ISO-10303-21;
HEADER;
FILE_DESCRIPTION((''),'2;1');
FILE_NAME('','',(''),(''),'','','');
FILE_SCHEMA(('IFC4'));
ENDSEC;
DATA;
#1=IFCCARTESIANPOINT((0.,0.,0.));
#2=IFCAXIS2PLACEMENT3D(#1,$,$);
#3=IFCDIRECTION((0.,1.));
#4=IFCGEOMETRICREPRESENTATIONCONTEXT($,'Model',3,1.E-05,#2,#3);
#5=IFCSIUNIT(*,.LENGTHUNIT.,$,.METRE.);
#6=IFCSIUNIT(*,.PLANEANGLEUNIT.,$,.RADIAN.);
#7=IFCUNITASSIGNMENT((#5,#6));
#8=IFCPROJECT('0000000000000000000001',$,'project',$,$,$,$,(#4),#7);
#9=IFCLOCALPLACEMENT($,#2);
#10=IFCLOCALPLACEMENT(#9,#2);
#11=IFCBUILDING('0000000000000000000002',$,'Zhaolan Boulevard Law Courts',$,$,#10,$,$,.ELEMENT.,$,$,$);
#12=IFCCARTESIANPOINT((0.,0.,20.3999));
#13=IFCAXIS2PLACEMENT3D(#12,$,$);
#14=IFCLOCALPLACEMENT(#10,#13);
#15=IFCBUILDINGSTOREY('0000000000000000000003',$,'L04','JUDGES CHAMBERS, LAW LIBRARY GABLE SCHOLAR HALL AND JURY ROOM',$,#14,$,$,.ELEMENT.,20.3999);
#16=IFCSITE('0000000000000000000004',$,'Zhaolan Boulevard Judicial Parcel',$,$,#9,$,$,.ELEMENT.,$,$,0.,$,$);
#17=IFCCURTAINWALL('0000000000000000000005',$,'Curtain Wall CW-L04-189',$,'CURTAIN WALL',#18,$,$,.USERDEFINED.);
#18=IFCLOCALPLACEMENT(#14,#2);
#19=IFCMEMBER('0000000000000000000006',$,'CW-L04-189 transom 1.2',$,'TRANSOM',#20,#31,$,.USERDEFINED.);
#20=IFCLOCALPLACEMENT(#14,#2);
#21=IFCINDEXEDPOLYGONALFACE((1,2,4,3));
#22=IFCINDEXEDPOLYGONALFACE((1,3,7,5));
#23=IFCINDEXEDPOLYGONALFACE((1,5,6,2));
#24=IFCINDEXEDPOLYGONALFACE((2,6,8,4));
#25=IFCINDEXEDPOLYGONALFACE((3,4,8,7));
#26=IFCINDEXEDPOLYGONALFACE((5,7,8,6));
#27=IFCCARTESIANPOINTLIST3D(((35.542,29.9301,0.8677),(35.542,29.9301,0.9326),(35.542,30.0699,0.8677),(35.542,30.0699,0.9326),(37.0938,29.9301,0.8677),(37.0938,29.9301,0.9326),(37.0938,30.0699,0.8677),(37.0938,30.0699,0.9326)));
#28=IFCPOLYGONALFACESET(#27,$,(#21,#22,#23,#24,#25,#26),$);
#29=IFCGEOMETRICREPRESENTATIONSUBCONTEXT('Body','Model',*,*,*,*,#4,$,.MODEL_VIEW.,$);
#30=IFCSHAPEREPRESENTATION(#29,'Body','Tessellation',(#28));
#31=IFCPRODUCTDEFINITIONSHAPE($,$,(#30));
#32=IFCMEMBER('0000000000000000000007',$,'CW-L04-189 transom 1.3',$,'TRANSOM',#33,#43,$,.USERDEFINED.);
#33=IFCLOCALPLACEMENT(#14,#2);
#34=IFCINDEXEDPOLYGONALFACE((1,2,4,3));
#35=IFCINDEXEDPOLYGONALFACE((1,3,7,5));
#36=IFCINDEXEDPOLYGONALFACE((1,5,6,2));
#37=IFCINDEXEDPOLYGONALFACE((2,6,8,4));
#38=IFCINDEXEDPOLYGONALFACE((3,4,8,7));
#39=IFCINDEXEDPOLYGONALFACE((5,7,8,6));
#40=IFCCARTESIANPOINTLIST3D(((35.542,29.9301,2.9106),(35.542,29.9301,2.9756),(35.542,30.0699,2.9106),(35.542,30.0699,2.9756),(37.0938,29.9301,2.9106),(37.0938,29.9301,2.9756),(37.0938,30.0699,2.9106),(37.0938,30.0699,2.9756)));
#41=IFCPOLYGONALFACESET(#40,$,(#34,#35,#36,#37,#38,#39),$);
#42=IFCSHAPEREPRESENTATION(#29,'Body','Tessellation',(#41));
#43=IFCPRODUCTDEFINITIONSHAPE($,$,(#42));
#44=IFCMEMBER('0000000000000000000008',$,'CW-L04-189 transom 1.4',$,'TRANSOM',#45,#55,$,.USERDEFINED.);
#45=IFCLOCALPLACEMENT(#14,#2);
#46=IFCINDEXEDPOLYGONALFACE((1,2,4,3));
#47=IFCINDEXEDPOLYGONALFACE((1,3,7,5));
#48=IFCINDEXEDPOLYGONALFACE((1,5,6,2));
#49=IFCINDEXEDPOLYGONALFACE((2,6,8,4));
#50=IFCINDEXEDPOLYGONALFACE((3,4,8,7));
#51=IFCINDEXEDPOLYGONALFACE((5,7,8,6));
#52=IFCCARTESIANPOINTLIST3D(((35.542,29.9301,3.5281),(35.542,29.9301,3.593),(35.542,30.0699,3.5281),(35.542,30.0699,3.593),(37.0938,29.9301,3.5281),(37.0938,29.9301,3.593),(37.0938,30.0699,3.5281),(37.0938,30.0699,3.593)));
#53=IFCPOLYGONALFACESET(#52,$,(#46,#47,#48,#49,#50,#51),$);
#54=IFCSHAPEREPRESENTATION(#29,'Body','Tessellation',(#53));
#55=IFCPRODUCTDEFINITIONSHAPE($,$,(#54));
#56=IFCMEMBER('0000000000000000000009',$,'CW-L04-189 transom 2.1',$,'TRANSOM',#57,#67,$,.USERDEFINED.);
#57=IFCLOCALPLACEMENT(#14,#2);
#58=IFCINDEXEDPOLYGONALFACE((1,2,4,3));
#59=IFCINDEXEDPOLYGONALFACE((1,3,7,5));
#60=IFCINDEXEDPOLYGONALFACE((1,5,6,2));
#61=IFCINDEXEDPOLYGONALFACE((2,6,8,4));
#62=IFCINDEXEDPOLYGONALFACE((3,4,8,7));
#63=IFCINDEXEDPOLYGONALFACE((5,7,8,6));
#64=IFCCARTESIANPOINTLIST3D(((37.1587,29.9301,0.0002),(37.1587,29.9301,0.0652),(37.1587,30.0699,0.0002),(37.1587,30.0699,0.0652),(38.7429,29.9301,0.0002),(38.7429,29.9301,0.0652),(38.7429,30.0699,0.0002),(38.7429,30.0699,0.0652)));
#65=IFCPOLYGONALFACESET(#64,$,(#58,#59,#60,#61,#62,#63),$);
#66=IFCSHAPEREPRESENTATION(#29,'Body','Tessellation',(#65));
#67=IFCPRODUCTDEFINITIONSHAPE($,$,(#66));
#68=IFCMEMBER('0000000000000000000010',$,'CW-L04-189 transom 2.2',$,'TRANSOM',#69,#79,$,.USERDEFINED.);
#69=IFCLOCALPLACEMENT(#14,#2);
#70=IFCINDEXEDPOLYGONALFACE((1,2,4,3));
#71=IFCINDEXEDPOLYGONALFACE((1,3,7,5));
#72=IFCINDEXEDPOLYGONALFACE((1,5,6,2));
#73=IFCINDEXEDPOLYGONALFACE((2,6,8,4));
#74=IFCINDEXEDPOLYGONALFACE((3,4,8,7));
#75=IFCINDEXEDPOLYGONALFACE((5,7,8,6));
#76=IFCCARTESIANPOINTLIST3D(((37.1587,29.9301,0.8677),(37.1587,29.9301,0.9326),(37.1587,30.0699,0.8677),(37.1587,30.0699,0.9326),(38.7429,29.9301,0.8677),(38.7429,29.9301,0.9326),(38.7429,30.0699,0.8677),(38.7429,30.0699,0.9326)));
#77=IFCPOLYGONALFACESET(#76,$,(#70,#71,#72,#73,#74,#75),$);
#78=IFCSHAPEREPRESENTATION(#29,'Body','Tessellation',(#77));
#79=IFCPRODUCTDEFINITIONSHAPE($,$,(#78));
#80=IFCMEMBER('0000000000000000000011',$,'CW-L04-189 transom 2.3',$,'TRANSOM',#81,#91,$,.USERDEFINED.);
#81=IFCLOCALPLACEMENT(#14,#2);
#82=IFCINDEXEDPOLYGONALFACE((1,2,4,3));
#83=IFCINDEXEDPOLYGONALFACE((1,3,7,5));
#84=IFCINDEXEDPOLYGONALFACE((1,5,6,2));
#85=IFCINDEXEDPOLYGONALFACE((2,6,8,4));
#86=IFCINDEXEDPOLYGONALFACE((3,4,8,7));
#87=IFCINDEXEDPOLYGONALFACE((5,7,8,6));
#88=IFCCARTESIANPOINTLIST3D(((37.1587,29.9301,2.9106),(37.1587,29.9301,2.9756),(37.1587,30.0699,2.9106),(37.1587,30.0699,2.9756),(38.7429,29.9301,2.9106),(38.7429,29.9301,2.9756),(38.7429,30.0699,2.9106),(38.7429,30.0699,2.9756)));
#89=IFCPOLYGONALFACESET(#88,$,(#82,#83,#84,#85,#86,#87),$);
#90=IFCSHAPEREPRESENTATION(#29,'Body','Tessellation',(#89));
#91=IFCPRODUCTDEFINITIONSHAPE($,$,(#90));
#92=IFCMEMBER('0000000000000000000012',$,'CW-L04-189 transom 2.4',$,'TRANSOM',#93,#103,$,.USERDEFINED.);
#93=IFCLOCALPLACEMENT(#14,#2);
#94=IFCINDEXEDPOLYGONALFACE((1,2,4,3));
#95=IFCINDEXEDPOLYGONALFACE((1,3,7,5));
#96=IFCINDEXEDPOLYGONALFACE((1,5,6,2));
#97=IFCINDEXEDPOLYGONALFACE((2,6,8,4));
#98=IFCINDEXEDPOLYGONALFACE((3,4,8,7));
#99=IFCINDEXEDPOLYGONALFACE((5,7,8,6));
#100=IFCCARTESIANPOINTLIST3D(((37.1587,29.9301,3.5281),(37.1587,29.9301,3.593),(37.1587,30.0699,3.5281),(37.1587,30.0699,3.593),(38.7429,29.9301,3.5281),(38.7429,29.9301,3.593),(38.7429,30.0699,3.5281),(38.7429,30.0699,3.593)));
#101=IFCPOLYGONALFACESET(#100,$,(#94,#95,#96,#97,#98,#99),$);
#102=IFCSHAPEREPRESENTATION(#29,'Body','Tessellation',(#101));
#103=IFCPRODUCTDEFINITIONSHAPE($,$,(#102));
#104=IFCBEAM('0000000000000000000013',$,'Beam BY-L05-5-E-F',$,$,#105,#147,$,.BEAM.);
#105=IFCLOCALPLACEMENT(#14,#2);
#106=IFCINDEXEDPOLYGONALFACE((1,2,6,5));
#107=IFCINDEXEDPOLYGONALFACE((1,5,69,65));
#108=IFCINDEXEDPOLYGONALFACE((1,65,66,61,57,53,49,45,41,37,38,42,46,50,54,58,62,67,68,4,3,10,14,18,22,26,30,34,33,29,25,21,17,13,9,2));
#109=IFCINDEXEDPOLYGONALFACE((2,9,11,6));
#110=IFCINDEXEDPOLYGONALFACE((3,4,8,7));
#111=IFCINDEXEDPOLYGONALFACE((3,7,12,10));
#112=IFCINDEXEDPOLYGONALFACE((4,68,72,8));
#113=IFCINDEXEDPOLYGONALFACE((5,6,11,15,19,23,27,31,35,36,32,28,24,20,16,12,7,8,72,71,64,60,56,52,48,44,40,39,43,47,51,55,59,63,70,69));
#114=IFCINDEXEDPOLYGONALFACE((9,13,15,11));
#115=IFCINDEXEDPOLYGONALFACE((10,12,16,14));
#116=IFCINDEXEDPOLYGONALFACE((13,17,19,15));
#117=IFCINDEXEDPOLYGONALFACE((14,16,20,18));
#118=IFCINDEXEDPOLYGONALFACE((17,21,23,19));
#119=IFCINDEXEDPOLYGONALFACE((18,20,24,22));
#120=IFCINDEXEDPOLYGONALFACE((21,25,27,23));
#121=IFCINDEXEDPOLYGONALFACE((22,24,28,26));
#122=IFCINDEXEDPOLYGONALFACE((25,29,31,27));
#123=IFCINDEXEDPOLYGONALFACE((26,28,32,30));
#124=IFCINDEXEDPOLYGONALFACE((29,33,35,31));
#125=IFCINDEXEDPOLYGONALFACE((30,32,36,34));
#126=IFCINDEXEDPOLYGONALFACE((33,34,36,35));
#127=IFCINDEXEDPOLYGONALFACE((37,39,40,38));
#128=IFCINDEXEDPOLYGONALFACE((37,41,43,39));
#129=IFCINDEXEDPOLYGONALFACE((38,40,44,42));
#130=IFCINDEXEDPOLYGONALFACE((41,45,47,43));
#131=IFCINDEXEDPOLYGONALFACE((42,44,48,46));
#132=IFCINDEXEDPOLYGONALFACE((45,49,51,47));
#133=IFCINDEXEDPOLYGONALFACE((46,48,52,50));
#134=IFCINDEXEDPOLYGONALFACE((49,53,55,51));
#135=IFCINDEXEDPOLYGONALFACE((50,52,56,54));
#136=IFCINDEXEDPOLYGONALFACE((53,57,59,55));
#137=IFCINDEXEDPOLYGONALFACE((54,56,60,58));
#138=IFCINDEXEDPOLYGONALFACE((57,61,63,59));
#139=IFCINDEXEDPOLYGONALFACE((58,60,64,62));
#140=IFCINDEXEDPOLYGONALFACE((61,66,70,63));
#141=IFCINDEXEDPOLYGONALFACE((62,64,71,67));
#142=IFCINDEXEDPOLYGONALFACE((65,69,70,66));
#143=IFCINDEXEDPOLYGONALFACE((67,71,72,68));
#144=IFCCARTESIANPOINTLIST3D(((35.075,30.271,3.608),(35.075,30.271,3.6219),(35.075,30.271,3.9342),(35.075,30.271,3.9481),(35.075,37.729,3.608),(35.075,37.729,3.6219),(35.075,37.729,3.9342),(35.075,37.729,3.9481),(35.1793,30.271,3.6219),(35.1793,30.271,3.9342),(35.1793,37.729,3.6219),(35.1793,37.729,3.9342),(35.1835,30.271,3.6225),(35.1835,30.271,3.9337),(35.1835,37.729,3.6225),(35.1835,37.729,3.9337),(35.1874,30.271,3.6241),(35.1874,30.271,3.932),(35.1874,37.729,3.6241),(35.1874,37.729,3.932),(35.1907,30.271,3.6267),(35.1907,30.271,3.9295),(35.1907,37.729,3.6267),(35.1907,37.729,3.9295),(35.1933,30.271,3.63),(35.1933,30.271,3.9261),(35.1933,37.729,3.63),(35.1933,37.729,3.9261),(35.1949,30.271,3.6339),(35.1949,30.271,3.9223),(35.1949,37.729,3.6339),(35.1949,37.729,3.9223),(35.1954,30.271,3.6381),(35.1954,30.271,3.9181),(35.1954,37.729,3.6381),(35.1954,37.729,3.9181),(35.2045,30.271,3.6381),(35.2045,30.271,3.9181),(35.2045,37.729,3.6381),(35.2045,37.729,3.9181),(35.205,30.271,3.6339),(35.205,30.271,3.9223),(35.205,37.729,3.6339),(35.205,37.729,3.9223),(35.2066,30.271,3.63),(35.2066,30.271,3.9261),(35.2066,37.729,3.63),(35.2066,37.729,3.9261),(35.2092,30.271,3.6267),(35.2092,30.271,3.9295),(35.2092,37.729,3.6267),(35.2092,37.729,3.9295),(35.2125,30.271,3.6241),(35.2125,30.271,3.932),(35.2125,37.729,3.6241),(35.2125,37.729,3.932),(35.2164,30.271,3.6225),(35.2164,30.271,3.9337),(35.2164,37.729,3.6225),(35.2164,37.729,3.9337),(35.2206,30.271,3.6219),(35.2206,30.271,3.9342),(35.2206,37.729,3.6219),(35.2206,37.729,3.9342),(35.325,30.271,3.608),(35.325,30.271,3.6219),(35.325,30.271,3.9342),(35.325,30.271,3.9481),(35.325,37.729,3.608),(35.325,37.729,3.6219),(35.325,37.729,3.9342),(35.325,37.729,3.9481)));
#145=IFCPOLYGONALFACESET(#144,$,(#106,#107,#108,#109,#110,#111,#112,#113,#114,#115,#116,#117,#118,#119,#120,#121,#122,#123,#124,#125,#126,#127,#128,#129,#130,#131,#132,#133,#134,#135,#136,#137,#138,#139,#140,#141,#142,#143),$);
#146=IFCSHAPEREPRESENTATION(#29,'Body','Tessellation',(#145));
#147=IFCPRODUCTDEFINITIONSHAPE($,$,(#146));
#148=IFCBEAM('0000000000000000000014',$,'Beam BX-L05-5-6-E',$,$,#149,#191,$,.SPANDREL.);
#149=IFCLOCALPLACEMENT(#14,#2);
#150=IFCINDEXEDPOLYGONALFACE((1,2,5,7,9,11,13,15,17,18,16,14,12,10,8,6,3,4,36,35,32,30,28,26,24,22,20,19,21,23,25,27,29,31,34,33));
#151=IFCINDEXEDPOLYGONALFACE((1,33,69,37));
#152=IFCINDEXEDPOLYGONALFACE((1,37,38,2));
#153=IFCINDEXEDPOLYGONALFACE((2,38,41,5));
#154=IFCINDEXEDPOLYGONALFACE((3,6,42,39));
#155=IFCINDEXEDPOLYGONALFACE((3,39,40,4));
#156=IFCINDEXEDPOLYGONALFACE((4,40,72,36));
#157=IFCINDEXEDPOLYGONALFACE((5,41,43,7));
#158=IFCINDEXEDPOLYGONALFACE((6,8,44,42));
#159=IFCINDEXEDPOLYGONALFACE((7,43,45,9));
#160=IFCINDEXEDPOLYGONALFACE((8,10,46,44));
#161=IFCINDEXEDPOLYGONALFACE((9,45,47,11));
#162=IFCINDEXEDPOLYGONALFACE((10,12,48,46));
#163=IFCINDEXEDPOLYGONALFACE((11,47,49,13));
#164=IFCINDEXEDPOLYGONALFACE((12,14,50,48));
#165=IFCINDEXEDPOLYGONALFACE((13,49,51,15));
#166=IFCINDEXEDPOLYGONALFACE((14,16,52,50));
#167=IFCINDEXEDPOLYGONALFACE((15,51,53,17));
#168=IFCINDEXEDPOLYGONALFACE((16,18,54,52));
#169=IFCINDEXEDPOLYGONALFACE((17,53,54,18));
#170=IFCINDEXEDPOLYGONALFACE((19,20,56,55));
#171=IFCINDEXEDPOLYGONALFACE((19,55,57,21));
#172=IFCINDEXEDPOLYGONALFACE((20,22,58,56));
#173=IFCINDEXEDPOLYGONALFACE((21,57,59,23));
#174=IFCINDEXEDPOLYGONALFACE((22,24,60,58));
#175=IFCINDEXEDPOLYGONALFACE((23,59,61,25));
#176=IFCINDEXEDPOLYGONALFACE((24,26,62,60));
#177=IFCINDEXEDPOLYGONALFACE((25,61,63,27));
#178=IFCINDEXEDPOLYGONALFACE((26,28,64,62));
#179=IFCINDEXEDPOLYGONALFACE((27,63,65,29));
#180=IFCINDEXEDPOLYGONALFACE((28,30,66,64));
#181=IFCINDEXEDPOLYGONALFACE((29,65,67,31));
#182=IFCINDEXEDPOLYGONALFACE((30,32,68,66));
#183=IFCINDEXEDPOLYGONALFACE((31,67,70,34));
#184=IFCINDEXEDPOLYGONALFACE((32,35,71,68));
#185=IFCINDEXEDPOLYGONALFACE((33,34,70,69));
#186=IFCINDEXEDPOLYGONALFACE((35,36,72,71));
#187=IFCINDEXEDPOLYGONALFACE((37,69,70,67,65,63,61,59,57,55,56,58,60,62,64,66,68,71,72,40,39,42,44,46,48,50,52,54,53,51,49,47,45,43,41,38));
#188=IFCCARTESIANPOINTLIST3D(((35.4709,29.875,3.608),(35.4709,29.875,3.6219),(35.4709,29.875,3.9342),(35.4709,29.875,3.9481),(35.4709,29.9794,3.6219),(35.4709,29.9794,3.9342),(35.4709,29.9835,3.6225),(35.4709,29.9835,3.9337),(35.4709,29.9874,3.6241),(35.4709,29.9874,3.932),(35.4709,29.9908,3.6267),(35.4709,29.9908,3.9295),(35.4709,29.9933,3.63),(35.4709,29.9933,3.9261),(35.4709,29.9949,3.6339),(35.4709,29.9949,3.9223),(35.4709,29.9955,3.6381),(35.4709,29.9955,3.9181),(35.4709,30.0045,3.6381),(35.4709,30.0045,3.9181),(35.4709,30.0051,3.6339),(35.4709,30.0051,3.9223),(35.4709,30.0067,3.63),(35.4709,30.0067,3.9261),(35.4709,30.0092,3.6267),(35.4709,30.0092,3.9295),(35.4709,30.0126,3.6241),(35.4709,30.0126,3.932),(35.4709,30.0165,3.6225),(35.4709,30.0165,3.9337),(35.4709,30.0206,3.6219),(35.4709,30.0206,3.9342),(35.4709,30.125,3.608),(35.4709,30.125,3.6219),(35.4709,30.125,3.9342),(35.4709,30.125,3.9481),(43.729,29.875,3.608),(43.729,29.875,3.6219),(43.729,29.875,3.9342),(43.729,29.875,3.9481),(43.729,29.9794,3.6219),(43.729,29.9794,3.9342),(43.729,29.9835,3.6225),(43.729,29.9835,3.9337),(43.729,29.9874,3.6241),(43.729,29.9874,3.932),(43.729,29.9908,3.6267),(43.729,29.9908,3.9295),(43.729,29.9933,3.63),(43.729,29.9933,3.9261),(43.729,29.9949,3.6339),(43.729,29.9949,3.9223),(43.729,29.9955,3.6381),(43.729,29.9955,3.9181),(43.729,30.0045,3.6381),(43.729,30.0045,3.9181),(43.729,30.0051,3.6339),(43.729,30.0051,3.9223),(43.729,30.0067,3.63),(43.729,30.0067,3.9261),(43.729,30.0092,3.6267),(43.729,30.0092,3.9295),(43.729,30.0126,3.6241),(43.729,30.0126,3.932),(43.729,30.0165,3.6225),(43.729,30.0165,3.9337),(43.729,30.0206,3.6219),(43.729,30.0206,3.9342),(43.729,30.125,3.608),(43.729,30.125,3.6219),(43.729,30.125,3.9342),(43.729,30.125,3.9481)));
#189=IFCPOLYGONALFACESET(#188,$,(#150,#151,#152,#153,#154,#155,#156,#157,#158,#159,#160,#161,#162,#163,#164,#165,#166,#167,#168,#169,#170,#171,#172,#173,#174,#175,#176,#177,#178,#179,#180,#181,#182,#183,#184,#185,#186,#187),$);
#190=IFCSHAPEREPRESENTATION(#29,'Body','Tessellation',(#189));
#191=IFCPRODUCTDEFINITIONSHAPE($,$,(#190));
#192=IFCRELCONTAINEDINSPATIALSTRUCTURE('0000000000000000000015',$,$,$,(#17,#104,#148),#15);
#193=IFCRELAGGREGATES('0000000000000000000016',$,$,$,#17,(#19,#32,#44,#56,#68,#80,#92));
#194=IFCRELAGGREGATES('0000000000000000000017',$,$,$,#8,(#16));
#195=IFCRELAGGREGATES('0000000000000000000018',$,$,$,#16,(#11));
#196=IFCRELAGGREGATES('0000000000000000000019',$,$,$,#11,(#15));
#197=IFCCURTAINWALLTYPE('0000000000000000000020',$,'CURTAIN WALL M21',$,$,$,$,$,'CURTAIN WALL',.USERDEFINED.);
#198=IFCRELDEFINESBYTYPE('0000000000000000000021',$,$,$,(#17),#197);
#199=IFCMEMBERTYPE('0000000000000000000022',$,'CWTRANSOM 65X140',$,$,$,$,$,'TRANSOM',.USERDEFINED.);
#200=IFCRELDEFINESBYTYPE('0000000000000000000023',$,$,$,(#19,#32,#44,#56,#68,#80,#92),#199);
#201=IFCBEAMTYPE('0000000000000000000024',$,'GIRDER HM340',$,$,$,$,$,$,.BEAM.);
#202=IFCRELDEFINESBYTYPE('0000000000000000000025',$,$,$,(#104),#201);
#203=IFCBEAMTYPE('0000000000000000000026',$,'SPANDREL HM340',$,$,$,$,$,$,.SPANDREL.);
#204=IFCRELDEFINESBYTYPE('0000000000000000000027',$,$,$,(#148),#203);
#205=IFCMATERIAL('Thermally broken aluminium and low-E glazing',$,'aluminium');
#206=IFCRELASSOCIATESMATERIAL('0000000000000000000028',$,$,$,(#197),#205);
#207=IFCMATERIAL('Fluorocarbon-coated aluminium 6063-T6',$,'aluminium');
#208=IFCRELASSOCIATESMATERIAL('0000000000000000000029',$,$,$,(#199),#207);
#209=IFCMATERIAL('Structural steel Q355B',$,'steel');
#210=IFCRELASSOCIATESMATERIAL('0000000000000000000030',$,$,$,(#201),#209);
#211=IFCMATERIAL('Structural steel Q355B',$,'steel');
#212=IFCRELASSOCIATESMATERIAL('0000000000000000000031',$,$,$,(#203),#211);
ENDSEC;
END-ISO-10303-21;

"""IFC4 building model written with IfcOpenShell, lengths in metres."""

from ifc_helpers import new_model, si_unit, direction, frame, origin, origin_2d, place, context, subcontext, project, spatial, rectangle, i_section, extrude, material, material_profile, profile_set, type_object, element, aggregate, save


model = new_model("IFC4")

# Units and contexts
model_context = context("Model", 3, precision=1e-05, world=origin(), true_north=direction((0.0, 1.0)))
body_context = subcontext(model_context, "Body", "Model", "MODEL_VIEW")
ifc_project = project(units=[si_unit("LENGTHUNIT", "METRE"), si_unit("PLANEANGLEUNIT", "RADIAN")], contexts=[model_context])

# Site, building, storey
site_placement = place(None, origin())
site = spatial("IfcSite", under=ifc_project, at=site_placement, Name="Zhaolan Boulevard Judicial Parcel", CompositionType="ELEMENT", RefElevation=0.0)
building_placement = place(site_placement, origin())
building = spatial("IfcBuilding", under=site, at=building_placement, Name="Zhaolan Boulevard Law Courts", CompositionType="ELEMENT")
storey_placement = place(building_placement, frame((0.0, 0.0, 20.3999)))
storey = spatial("IfcBuildingStorey", under=building, at=storey_placement, Name="L04", Description="JUDGES CHAMBERS, LAW LIBRARY GABLE SCHOLAR HALL AND JURY ROOM", CompositionType="ELEMENT", Elevation=20.3999)

# Curtain wall
ifc_material_1 = material(Name="Thermally broken aluminium and low-E glazing", Category="aluminium")
curtain_wall_type_1 = type_object("IfcCurtainWallType", Name="CURTAIN WALL M21", ElementType="CURTAIN WALL", PredefinedType="USERDEFINED", material=ifc_material_1)
curtain_wall_1_placement = place(storey_placement, origin())
curtain_wall_1 = element("IfcCurtainWall", 1, at=curtain_wall_1_placement, inside=storey, type_object=curtain_wall_type_1, Name="Curtain Wall CW-L04-189", ObjectType="CURTAIN WALL", PredefinedType="USERDEFINED")

# Members
ifc_material_2 = material(Name="Fluorocarbon-coated aluminium 6063-T6", Category="aluminium")
ifc_material_profile_1 = material_profile(ifc_material_2, rectangle(XDim=0.1399, YDim=0.0649, at=origin_2d()), Name="AL65x140")
ifc_profile_set_1 = profile_set([ifc_material_profile_1], Name="Fluorocarbon-coated aluminium 6063-T6")
member_type_1 = type_object("IfcMemberType", Name="CWTRANSOM 65X140", ElementType="TRANSOM", PredefinedType="USERDEFINED", material=ifc_profile_set_1)
member_1_placement = place(storey_placement, frame((35.542, 30.0, 0.9001), z_axis=(1.0, 0.0, 0.0), x_axis=(0.0, 1.0, 0.0)))
member_1 = element("IfcMember", 2, at=member_1_placement, type_object=member_type_1, Name="CW-L04-189 transom 1.2", ObjectType="TRANSOM", PredefinedType="USERDEFINED", context=body_context, shape_type="SweptSolid", body=[
    extrude(rectangle(XDim=0.1399, YDim=0.0649, at=origin_2d()), origin(), (0.0, 0.0, 1.0), 1.5518),
])
member_2_placement = place(storey_placement, frame((35.542, 30.0, 2.9431), z_axis=(1.0, 0.0, 0.0), x_axis=(0.0, 1.0, 0.0)))
member_2 = element("IfcMember", 3, at=member_2_placement, type_object=member_type_1, Name="CW-L04-189 transom 1.3", ObjectType="TRANSOM", PredefinedType="USERDEFINED", context=body_context, shape_type="SweptSolid", body=[
    extrude(rectangle(XDim=0.1399, YDim=0.0649, at=origin_2d()), origin(), (0.0, 0.0, 1.0), 1.5518),
])
member_3_placement = place(storey_placement, frame((35.542, 30.0, 3.5605), z_axis=(1.0, 0.0, 0.0), x_axis=(0.0, 1.0, 0.0)))
member_3 = element("IfcMember", 4, at=member_3_placement, type_object=member_type_1, Name="CW-L04-189 transom 1.4", ObjectType="TRANSOM", PredefinedType="USERDEFINED", context=body_context, shape_type="SweptSolid", body=[
    extrude(rectangle(XDim=0.1399, YDim=0.0649, at=origin_2d()), origin(), (0.0, 0.0, 1.0), 1.5518),
])
member_4_placement = place(storey_placement, frame((37.1587, 30.0, 0.0327), z_axis=(1.0, 0.0, 0.0), x_axis=(0.0, 1.0, 0.0)))
member_4 = element("IfcMember", 5, at=member_4_placement, type_object=member_type_1, Name="CW-L04-189 transom 2.1", ObjectType="TRANSOM", PredefinedType="USERDEFINED", context=body_context, shape_type="SweptSolid", body=[
    extrude(rectangle(XDim=0.1399, YDim=0.0649, at=origin_2d()), origin(), (0.0, 0.0, 1.0), 1.5842),
])
member_5_placement = place(storey_placement, frame((37.1587, 30.0, 0.9001), z_axis=(1.0, 0.0, 0.0), x_axis=(0.0, 1.0, 0.0)))
member_5 = element("IfcMember", 6, at=member_5_placement, type_object=member_type_1, Name="CW-L04-189 transom 2.2", ObjectType="TRANSOM", PredefinedType="USERDEFINED", context=body_context, shape_type="SweptSolid", body=[
    extrude(rectangle(XDim=0.1399, YDim=0.0649, at=origin_2d()), origin(), (0.0, 0.0, 1.0), 1.5842),
])
member_6_placement = place(storey_placement, frame((37.1587, 30.0, 2.9431), z_axis=(1.0, 0.0, 0.0), x_axis=(0.0, 1.0, 0.0)))
member_6 = element("IfcMember", 7, at=member_6_placement, type_object=member_type_1, Name="CW-L04-189 transom 2.3", ObjectType="TRANSOM", PredefinedType="USERDEFINED", context=body_context, shape_type="SweptSolid", body=[
    extrude(rectangle(XDim=0.1399, YDim=0.0649, at=origin_2d()), origin(), (0.0, 0.0, 1.0), 1.5842),
])
member_7_placement = place(storey_placement, frame((37.1587, 30.0, 3.5605), z_axis=(1.0, 0.0, 0.0), x_axis=(0.0, 1.0, 0.0)))
member_7 = element("IfcMember", 8, at=member_7_placement, type_object=member_type_1, Name="CW-L04-189 transom 2.4", ObjectType="TRANSOM", PredefinedType="USERDEFINED", context=body_context, shape_type="SweptSolid", body=[
    extrude(rectangle(XDim=0.1399, YDim=0.0649, at=origin_2d()), origin(), (0.0, 0.0, 1.0), 1.5842),
])

# Beams
ifc_material_3 = material(Name="Structural steel Q355B", Category="steel")
ifc_material_profile_2 = material_profile(ifc_material_3, i_section(OverallWidth=0.25, OverallDepth=0.3401, WebThickness=0.009, FlangeThickness=0.0139, FilletRadius=0.0161, at=origin_2d()), Name="HM340x250")
ifc_profile_set_2 = profile_set([ifc_material_profile_2], Name="Structural steel Q355B")
beam_type_1 = type_object("IfcBeamType", Name="GIRDER HM340", PredefinedType="BEAM", material=ifc_profile_set_2)
beam_1_placement = place(storey_placement, frame((35.2, 30.271, 3.7781), z_axis=(0.0, 1.0, 0.0), x_axis=(-1.0, 0.0, 0.0)))
element("IfcBeam", 9, at=beam_1_placement, inside=storey, type_object=beam_type_1, Name="Beam BY-L05-5-E-F", PredefinedType="BEAM", context=body_context, shape_type="SweptSolid", body=[
    extrude(i_section(OverallWidth=0.25, OverallDepth=0.3401, WebThickness=0.009, FlangeThickness=0.0139, FilletRadius=0.0161, at=origin_2d()), origin(), (0.0, 0.0, 1.0), 7.458),
])
ifc_material_4 = material(Name="Structural steel Q355B", Category="steel")
ifc_material_profile_3 = material_profile(ifc_material_4, i_section(OverallWidth=0.25, OverallDepth=0.3401, WebThickness=0.009, FlangeThickness=0.0139, FilletRadius=0.0161, at=origin_2d()), Name="HM340x250")
ifc_profile_set_3 = profile_set([ifc_material_profile_3], Name="Structural steel Q355B")
beam_type_2 = type_object("IfcBeamType", Name="SPANDREL HM340", PredefinedType="SPANDREL", material=ifc_profile_set_3)
beam_2_placement = place(storey_placement, frame((35.4709, 30.0, 3.7781), z_axis=(1.0, 0.0, 0.0), x_axis=(0.0, 1.0, 0.0)))
element("IfcBeam", 10, at=beam_2_placement, inside=storey, type_object=beam_type_2, Name="Beam BX-L05-5-6-E", PredefinedType="SPANDREL", context=body_context, shape_type="SweptSolid", body=[
    extrude(i_section(OverallWidth=0.25, OverallDepth=0.3401, WebThickness=0.009, FlangeThickness=0.0139, FilletRadius=0.0161, at=origin_2d()), origin(), (0.0, 0.0, 1.0), 8.2581),
])

aggregate(curtain_wall_1, [member_1, member_2, member_3, member_4, member_5, member_6, member_7])

save(model, "model.ifc")
